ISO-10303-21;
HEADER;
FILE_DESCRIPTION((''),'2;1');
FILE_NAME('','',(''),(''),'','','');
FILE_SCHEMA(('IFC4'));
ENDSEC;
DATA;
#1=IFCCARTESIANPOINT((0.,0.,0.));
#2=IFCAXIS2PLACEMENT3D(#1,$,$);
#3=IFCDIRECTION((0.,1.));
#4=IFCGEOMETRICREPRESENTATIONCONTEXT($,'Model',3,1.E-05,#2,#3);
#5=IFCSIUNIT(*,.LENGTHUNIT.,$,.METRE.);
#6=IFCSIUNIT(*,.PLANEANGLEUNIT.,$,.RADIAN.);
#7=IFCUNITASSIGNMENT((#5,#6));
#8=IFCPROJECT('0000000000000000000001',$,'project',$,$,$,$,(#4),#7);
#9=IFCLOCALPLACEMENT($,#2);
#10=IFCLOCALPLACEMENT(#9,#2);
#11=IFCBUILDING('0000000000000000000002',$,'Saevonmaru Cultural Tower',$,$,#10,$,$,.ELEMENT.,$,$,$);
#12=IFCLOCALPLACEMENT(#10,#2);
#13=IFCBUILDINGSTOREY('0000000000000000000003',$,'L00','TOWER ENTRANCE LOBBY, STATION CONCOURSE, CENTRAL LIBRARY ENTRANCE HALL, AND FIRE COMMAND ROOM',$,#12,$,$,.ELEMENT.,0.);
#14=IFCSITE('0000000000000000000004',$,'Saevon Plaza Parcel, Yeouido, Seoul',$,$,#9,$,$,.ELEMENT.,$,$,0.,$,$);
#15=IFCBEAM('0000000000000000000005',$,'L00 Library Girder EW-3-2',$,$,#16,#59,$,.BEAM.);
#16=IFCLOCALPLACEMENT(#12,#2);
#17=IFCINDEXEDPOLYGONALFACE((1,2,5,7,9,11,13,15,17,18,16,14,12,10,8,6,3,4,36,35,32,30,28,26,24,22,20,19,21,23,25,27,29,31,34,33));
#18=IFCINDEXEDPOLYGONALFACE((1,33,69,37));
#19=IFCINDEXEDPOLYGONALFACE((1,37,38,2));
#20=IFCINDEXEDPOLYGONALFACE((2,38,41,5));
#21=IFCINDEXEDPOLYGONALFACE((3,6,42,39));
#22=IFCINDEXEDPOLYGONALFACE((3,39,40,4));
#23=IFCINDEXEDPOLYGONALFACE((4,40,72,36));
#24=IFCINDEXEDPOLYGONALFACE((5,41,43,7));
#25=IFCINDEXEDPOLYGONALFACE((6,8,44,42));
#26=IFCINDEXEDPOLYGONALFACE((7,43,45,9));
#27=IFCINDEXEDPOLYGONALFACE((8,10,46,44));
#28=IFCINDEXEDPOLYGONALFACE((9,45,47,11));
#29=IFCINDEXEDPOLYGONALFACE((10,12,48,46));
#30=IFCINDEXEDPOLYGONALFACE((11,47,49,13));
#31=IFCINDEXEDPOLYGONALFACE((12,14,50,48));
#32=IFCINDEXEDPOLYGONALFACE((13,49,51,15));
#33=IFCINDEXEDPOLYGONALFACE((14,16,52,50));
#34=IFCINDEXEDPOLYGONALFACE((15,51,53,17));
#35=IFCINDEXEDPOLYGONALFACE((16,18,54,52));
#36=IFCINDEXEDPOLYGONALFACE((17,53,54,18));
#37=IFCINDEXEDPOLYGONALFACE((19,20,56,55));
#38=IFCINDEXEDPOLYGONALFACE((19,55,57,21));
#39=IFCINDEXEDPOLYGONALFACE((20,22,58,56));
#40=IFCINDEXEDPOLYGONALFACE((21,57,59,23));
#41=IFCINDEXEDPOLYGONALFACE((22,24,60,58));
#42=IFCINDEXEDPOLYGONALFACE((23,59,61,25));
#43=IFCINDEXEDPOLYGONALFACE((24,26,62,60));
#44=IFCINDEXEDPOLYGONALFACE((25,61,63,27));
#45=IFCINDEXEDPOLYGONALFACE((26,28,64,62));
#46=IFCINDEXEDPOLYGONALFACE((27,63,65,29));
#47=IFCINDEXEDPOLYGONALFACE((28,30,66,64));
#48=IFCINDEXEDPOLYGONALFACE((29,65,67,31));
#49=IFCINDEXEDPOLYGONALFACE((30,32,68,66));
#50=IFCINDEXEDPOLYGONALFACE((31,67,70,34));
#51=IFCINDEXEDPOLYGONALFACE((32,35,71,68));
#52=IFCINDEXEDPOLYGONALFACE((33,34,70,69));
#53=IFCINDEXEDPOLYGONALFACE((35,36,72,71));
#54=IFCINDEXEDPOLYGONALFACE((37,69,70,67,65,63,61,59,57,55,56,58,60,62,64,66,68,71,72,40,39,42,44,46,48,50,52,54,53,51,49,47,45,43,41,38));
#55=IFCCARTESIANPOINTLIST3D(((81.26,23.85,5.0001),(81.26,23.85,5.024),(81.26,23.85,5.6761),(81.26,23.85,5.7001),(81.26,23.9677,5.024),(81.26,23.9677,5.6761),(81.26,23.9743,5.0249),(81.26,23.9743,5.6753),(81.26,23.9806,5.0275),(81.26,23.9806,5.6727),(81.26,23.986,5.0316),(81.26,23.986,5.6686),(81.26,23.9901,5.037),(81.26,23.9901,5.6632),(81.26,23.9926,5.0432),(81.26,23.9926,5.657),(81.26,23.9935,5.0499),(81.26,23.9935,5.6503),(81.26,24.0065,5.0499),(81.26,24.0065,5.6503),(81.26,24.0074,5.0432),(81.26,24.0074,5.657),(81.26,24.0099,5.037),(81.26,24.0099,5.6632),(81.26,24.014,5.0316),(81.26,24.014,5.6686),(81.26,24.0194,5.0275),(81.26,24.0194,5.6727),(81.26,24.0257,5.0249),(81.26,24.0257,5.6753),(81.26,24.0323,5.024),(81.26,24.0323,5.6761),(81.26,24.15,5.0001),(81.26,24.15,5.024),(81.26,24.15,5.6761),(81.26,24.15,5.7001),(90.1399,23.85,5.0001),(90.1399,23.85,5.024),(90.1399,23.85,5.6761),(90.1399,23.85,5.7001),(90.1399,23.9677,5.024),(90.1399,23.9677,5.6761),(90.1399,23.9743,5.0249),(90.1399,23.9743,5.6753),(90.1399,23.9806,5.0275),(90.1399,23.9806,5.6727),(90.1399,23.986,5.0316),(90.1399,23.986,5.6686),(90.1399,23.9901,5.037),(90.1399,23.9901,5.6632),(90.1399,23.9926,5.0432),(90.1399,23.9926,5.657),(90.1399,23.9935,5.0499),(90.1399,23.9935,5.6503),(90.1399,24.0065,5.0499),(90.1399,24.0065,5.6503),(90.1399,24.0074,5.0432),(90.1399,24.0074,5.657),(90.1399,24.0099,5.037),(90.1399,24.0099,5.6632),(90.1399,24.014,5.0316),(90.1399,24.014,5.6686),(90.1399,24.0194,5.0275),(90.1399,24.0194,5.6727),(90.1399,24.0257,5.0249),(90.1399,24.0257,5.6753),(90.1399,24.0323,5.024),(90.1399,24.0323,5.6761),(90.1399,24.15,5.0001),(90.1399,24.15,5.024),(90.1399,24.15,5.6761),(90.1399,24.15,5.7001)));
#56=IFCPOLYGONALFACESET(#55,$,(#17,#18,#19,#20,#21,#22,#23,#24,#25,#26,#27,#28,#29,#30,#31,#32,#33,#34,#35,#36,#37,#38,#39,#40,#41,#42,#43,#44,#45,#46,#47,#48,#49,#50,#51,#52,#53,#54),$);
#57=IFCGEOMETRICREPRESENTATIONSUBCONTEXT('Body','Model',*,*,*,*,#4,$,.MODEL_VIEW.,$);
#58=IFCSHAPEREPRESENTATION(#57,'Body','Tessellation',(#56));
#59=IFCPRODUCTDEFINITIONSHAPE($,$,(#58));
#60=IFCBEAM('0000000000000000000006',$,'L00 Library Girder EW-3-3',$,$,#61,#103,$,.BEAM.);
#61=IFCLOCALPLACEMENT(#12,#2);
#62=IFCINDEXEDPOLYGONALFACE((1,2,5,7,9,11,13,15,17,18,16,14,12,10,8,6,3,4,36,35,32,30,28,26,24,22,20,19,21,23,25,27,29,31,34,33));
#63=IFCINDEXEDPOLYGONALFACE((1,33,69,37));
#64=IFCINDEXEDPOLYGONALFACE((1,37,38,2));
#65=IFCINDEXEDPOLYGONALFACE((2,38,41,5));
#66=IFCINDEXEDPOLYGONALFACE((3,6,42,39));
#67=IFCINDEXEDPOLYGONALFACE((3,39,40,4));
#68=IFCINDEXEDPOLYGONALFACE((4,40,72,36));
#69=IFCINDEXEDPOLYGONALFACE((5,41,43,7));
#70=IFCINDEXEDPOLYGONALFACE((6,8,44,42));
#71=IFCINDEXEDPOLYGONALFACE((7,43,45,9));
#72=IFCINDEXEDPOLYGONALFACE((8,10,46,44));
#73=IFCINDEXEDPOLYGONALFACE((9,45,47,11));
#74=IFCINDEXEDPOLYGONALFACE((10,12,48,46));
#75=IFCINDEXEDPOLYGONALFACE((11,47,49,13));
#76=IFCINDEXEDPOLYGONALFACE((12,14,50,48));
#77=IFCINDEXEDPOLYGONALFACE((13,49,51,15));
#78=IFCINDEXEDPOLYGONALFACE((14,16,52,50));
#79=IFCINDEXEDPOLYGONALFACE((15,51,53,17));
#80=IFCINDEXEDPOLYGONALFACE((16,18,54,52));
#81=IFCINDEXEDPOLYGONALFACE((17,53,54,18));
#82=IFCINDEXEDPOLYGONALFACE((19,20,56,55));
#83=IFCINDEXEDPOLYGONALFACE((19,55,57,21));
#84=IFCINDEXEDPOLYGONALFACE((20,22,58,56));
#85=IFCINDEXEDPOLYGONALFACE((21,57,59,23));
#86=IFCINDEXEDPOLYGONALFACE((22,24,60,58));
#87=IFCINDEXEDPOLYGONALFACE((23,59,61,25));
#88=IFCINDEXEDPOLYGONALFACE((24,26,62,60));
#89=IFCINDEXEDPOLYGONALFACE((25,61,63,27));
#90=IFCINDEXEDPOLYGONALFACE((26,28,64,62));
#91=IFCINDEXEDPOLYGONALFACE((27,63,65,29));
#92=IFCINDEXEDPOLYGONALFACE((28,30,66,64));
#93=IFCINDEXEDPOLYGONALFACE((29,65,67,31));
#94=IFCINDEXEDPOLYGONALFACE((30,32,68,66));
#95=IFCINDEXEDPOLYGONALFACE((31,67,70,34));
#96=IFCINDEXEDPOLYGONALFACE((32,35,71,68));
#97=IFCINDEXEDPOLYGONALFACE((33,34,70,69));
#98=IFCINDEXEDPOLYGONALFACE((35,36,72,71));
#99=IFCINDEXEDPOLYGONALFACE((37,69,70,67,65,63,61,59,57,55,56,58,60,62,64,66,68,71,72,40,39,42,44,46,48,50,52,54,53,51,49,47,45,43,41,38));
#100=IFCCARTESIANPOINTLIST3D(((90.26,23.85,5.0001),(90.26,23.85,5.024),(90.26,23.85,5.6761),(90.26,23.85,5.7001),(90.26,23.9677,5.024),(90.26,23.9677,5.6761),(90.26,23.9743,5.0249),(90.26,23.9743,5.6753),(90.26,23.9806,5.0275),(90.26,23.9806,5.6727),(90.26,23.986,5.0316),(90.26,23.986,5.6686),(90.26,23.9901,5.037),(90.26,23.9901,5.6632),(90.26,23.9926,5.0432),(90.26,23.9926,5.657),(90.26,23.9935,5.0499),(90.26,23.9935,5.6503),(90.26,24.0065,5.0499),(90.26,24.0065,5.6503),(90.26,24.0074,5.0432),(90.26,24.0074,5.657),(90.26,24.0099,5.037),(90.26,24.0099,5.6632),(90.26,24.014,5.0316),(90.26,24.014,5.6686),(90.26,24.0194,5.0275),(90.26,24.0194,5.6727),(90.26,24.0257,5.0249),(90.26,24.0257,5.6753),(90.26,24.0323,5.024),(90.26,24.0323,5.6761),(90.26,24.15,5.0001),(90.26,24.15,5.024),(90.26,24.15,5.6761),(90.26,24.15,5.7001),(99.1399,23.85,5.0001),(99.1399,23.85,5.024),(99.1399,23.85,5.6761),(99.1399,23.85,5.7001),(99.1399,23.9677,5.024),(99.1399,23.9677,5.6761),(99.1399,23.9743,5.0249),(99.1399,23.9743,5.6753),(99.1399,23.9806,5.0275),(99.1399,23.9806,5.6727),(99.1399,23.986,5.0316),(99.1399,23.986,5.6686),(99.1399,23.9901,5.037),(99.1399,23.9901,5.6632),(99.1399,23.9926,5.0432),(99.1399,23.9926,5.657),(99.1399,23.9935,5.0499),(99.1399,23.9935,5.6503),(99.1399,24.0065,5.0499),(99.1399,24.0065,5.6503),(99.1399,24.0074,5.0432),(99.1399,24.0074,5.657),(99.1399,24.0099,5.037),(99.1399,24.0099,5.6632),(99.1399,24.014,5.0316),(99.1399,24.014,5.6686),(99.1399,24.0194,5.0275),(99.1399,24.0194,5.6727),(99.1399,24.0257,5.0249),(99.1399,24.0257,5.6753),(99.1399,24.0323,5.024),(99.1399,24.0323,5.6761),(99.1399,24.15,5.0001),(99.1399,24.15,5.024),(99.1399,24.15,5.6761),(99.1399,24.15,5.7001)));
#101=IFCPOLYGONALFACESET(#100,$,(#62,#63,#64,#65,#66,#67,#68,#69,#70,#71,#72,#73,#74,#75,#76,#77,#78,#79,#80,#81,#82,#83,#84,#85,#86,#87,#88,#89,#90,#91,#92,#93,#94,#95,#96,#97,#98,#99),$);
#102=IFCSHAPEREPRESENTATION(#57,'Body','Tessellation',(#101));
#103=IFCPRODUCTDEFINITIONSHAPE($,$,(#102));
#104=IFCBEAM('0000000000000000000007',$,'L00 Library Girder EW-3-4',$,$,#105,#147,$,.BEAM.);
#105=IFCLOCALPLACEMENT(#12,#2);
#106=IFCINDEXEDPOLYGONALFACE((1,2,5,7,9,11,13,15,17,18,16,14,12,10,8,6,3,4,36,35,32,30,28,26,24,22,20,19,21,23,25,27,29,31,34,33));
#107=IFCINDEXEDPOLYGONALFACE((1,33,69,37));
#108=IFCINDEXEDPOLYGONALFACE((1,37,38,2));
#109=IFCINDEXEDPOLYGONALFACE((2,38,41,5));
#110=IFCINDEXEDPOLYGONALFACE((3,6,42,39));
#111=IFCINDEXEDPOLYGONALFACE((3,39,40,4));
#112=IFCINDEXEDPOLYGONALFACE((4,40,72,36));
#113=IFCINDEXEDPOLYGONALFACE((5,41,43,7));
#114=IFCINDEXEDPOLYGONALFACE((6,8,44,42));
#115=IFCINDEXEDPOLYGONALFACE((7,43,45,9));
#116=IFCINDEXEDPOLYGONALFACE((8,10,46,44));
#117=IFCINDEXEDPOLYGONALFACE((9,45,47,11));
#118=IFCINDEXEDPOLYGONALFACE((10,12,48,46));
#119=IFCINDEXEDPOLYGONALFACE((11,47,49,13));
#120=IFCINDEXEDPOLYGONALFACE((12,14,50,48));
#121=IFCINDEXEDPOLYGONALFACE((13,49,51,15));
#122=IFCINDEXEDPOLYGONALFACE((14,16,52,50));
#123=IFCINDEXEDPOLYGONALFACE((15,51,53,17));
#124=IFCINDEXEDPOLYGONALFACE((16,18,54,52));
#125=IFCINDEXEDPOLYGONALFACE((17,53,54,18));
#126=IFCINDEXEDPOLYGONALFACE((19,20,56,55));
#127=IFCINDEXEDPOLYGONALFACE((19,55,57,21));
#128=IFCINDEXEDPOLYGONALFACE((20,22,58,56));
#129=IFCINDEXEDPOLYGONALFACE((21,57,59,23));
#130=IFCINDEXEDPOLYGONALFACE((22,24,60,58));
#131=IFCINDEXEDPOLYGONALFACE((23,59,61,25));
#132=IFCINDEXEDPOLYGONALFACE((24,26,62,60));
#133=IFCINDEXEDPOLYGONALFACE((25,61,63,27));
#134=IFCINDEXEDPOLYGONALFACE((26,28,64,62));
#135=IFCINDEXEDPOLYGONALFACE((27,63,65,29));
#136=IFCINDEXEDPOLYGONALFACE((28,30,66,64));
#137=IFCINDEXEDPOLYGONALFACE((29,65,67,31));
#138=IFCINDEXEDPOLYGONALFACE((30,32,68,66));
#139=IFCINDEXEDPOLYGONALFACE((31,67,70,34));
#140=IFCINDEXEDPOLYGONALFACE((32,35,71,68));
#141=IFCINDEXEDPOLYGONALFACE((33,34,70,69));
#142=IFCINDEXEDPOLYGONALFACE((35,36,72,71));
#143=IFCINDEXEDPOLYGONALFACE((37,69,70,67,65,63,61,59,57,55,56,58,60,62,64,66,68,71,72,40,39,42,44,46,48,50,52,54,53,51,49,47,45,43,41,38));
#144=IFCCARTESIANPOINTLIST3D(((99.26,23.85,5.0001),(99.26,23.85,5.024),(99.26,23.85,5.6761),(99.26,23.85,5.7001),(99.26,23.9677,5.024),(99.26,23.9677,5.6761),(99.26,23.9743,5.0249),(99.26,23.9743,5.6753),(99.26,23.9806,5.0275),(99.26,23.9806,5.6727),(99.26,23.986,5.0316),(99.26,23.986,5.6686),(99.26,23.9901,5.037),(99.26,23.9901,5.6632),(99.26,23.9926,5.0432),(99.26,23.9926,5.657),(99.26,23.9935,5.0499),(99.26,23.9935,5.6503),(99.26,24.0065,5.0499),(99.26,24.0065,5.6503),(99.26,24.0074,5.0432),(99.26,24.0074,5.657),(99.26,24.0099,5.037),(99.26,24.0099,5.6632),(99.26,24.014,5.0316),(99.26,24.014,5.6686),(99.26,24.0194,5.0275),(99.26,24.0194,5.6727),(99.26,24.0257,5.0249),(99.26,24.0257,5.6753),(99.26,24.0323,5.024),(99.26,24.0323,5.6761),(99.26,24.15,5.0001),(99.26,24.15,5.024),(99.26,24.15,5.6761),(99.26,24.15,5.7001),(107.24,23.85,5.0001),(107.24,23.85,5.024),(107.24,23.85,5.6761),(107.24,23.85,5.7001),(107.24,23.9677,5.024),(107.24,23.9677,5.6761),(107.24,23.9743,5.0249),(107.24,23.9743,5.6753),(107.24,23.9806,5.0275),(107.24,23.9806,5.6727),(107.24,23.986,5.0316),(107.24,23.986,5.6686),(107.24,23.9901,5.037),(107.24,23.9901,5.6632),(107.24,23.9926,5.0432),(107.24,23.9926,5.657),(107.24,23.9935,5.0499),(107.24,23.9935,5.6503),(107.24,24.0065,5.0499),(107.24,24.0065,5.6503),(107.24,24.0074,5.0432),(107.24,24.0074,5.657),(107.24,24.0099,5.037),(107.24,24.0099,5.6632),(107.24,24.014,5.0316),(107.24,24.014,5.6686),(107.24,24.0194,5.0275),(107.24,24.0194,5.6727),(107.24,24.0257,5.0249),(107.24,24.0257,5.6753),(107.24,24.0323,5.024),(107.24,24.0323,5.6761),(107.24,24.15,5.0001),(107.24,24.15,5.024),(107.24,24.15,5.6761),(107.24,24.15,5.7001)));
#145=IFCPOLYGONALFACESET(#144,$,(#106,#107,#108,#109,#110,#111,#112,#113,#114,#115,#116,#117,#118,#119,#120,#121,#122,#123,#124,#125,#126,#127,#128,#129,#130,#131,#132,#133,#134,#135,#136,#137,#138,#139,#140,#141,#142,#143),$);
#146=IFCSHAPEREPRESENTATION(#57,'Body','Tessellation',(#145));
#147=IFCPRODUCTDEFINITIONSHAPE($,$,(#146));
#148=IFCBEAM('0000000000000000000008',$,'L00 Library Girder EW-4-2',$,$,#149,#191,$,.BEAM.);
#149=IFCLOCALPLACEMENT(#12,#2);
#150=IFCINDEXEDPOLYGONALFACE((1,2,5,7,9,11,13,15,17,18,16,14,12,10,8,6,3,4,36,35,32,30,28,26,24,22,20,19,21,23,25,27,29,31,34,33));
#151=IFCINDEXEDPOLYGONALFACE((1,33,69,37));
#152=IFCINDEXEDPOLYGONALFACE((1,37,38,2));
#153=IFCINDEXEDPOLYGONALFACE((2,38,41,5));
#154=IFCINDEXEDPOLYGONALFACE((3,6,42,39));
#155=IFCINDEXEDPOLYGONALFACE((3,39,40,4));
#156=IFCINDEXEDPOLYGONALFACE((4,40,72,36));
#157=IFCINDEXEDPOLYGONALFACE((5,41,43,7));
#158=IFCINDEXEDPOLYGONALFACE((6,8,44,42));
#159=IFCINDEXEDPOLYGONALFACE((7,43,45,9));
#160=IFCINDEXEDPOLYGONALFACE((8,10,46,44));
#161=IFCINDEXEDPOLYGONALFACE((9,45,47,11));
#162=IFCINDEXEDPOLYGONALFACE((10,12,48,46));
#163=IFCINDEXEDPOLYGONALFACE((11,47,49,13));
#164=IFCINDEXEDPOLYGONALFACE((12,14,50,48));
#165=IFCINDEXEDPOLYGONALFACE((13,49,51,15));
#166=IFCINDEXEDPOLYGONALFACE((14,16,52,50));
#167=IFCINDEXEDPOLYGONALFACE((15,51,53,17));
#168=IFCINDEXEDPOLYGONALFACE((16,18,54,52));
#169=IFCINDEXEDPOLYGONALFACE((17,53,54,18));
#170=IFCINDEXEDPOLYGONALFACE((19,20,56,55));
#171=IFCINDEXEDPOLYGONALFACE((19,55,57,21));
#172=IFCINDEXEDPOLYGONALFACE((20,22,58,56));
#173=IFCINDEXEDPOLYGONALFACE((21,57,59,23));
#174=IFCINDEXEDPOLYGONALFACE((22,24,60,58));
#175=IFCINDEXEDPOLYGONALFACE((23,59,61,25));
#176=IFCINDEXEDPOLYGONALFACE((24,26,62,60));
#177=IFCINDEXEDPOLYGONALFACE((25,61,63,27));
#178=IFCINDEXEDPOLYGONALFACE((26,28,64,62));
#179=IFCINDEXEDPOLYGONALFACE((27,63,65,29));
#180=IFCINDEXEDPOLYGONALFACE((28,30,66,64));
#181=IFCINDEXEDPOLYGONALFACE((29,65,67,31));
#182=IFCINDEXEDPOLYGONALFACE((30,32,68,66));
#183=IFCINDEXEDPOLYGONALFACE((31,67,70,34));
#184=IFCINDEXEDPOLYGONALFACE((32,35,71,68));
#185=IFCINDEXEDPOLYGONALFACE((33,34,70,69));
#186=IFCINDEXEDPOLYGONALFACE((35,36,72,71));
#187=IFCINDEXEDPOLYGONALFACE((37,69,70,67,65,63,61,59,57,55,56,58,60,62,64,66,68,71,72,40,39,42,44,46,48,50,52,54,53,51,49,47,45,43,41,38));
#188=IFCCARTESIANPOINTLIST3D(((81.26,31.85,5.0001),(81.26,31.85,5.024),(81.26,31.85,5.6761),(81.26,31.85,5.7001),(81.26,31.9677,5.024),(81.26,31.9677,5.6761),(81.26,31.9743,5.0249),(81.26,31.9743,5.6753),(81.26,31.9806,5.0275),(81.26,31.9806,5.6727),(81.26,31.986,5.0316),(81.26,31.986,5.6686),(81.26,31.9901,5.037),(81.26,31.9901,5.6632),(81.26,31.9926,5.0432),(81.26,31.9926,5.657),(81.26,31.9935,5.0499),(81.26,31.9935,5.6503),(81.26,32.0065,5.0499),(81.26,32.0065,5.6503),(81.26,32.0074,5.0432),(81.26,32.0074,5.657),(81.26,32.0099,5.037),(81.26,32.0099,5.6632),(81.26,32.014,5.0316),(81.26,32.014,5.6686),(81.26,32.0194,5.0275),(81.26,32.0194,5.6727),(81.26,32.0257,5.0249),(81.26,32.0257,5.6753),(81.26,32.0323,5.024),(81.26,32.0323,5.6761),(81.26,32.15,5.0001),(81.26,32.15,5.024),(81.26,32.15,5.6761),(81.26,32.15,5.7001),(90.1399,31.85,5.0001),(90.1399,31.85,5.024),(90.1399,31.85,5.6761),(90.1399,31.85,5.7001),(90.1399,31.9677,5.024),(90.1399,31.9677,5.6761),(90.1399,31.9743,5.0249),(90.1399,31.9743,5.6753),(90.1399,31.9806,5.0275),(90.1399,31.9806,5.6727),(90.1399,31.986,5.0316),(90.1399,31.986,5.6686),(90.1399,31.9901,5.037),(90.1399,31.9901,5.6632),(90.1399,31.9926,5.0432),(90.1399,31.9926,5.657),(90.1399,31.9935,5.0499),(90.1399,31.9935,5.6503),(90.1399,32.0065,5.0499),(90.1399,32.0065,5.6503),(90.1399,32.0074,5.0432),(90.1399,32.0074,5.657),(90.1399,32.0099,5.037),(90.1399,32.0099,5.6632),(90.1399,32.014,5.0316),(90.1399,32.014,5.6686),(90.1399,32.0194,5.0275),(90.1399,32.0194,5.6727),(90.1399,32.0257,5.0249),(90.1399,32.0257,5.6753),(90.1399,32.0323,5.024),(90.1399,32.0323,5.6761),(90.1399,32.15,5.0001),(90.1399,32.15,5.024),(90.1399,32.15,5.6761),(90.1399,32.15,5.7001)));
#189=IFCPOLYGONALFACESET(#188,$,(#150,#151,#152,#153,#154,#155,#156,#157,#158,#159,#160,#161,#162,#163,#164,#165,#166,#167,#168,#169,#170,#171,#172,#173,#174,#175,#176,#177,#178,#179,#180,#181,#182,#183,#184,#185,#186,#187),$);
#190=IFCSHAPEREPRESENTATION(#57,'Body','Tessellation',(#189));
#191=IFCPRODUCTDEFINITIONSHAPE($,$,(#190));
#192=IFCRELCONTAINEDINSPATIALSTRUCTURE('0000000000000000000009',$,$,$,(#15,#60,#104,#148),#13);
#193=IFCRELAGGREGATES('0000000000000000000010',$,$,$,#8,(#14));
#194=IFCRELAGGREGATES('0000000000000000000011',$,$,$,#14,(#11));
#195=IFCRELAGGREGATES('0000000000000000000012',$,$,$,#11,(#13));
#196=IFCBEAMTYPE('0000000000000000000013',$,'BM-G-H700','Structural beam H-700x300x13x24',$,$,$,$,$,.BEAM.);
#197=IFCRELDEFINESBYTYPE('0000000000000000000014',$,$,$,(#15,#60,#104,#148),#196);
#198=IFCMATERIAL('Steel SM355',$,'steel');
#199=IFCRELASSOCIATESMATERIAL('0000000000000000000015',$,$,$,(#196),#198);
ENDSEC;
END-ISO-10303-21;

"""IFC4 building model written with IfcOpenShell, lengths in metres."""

from ifc_helpers import new_model, si_unit, direction, frame, origin, origin_2d, place, context, subcontext, project, spatial, i_section, extrude, material, material_profile, profile_set, type_object, element, save


model = new_model("IFC4")

# Units and contexts
model_context = context("Model", 3, precision=1e-05, world=origin(), true_north=direction((0.0, 1.0)))
body_context = subcontext(model_context, "Body", "Model", "MODEL_VIEW")
ifc_project = project(units=[si_unit("LENGTHUNIT", "METRE"), si_unit("PLANEANGLEUNIT", "RADIAN")], contexts=[model_context])

# Site, building, storey
site_placement = place(None, origin())
site = spatial("IfcSite", under=ifc_project, at=site_placement, Name="Saevon Plaza Parcel, Yeouido, Seoul", CompositionType="ELEMENT", RefElevation=0.0)
building_placement = place(site_placement, origin())
building = spatial("IfcBuilding", under=site, at=building_placement, Name="Saevonmaru Cultural Tower", CompositionType="ELEMENT")
storey_placement = place(building_placement, origin())
storey = spatial("IfcBuildingStorey", under=building, at=storey_placement, Name="L00", Description="TOWER ENTRANCE LOBBY, STATION CONCOURSE, CENTRAL LIBRARY ENTRANCE HALL, AND FIRE COMMAND ROOM", CompositionType="ELEMENT", Elevation=0.0)

# Shared definitions
ifc_material_1 = material(Name="Steel SM355", Category="steel")

# Beams
ifc_material_profile_1 = material_profile(ifc_material_1, i_section(OverallWidth=0.3, OverallDepth=0.7, WebThickness=0.0129, FlangeThickness=0.0239, FilletRadius=0.0259, at=origin_2d()), Name="H-700x300x13x24")
ifc_profile_set_1 = profile_set([ifc_material_profile_1], Name="Steel SM355")
beam_type_1 = type_object("IfcBeamType", Name="BM-G-H700", Description="Structural beam H-700x300x13x24", PredefinedType="BEAM", material=ifc_profile_set_1)
for number, where, z_axis, x_axis, name in (
    (1, (81.26, 24.0, 5.3501), (1.0, 0.0, 0.0), (0.0, 1.0, 0.0), "L00 Library Girder EW-3-2"),
    (2, (90.26, 24.0, 5.3501), (1.0, 0.0, 0.0), (0.0, 1.0, 0.0), "L00 Library Girder EW-3-3"),
):
    element("IfcBeam", number, at=place(storey_placement, frame(where, z_axis=z_axis, x_axis=x_axis)), inside=storey, type_object=beam_type_1, Name=name, PredefinedType="BEAM", context=body_context, shape_type="SweptSolid", body=[
        extrude(i_section(OverallWidth=0.3, OverallDepth=0.7, WebThickness=0.0129, FlangeThickness=0.0239, FilletRadius=0.0259, at=origin_2d()), origin(), (0.0, 0.0, 1.0), 8.8799),
    ])
beam_1_placement = place(storey_placement, frame((99.26, 24.0, 5.3501), z_axis=(1.0, 0.0, 0.0), x_axis=(0.0, 1.0, 0.0)))
element("IfcBeam", 3, at=beam_1_placement, inside=storey, type_object=beam_type_1, Name="L00 Library Girder EW-3-4", PredefinedType="BEAM", context=body_context, shape_type="SweptSolid", body=[
    extrude(i_section(OverallWidth=0.3, OverallDepth=0.7, WebThickness=0.0129, FlangeThickness=0.0239, FilletRadius=0.0259, at=origin_2d()), origin(), (0.0, 0.0, 1.0), 7.98),
])
for number, where, z_axis, x_axis, name in (
    (4, (81.26, 32.0, 5.3501), (1.0, 0.0, 0.0), (0.0, 1.0, 0.0), "L00 Library Girder EW-4-2"),
):
    element("IfcBeam", number, at=place(storey_placement, frame(where, z_axis=z_axis, x_axis=x_axis)), inside=storey, type_object=beam_type_1, Name=name, PredefinedType="BEAM", context=body_context, shape_type="SweptSolid", body=[
        extrude(i_section(OverallWidth=0.3, OverallDepth=0.7, WebThickness=0.0129, FlangeThickness=0.0239, FilletRadius=0.0259, at=origin_2d()), origin(), (0.0, 0.0, 1.0), 8.8799),
    ])

save(model, "model.ifc")
